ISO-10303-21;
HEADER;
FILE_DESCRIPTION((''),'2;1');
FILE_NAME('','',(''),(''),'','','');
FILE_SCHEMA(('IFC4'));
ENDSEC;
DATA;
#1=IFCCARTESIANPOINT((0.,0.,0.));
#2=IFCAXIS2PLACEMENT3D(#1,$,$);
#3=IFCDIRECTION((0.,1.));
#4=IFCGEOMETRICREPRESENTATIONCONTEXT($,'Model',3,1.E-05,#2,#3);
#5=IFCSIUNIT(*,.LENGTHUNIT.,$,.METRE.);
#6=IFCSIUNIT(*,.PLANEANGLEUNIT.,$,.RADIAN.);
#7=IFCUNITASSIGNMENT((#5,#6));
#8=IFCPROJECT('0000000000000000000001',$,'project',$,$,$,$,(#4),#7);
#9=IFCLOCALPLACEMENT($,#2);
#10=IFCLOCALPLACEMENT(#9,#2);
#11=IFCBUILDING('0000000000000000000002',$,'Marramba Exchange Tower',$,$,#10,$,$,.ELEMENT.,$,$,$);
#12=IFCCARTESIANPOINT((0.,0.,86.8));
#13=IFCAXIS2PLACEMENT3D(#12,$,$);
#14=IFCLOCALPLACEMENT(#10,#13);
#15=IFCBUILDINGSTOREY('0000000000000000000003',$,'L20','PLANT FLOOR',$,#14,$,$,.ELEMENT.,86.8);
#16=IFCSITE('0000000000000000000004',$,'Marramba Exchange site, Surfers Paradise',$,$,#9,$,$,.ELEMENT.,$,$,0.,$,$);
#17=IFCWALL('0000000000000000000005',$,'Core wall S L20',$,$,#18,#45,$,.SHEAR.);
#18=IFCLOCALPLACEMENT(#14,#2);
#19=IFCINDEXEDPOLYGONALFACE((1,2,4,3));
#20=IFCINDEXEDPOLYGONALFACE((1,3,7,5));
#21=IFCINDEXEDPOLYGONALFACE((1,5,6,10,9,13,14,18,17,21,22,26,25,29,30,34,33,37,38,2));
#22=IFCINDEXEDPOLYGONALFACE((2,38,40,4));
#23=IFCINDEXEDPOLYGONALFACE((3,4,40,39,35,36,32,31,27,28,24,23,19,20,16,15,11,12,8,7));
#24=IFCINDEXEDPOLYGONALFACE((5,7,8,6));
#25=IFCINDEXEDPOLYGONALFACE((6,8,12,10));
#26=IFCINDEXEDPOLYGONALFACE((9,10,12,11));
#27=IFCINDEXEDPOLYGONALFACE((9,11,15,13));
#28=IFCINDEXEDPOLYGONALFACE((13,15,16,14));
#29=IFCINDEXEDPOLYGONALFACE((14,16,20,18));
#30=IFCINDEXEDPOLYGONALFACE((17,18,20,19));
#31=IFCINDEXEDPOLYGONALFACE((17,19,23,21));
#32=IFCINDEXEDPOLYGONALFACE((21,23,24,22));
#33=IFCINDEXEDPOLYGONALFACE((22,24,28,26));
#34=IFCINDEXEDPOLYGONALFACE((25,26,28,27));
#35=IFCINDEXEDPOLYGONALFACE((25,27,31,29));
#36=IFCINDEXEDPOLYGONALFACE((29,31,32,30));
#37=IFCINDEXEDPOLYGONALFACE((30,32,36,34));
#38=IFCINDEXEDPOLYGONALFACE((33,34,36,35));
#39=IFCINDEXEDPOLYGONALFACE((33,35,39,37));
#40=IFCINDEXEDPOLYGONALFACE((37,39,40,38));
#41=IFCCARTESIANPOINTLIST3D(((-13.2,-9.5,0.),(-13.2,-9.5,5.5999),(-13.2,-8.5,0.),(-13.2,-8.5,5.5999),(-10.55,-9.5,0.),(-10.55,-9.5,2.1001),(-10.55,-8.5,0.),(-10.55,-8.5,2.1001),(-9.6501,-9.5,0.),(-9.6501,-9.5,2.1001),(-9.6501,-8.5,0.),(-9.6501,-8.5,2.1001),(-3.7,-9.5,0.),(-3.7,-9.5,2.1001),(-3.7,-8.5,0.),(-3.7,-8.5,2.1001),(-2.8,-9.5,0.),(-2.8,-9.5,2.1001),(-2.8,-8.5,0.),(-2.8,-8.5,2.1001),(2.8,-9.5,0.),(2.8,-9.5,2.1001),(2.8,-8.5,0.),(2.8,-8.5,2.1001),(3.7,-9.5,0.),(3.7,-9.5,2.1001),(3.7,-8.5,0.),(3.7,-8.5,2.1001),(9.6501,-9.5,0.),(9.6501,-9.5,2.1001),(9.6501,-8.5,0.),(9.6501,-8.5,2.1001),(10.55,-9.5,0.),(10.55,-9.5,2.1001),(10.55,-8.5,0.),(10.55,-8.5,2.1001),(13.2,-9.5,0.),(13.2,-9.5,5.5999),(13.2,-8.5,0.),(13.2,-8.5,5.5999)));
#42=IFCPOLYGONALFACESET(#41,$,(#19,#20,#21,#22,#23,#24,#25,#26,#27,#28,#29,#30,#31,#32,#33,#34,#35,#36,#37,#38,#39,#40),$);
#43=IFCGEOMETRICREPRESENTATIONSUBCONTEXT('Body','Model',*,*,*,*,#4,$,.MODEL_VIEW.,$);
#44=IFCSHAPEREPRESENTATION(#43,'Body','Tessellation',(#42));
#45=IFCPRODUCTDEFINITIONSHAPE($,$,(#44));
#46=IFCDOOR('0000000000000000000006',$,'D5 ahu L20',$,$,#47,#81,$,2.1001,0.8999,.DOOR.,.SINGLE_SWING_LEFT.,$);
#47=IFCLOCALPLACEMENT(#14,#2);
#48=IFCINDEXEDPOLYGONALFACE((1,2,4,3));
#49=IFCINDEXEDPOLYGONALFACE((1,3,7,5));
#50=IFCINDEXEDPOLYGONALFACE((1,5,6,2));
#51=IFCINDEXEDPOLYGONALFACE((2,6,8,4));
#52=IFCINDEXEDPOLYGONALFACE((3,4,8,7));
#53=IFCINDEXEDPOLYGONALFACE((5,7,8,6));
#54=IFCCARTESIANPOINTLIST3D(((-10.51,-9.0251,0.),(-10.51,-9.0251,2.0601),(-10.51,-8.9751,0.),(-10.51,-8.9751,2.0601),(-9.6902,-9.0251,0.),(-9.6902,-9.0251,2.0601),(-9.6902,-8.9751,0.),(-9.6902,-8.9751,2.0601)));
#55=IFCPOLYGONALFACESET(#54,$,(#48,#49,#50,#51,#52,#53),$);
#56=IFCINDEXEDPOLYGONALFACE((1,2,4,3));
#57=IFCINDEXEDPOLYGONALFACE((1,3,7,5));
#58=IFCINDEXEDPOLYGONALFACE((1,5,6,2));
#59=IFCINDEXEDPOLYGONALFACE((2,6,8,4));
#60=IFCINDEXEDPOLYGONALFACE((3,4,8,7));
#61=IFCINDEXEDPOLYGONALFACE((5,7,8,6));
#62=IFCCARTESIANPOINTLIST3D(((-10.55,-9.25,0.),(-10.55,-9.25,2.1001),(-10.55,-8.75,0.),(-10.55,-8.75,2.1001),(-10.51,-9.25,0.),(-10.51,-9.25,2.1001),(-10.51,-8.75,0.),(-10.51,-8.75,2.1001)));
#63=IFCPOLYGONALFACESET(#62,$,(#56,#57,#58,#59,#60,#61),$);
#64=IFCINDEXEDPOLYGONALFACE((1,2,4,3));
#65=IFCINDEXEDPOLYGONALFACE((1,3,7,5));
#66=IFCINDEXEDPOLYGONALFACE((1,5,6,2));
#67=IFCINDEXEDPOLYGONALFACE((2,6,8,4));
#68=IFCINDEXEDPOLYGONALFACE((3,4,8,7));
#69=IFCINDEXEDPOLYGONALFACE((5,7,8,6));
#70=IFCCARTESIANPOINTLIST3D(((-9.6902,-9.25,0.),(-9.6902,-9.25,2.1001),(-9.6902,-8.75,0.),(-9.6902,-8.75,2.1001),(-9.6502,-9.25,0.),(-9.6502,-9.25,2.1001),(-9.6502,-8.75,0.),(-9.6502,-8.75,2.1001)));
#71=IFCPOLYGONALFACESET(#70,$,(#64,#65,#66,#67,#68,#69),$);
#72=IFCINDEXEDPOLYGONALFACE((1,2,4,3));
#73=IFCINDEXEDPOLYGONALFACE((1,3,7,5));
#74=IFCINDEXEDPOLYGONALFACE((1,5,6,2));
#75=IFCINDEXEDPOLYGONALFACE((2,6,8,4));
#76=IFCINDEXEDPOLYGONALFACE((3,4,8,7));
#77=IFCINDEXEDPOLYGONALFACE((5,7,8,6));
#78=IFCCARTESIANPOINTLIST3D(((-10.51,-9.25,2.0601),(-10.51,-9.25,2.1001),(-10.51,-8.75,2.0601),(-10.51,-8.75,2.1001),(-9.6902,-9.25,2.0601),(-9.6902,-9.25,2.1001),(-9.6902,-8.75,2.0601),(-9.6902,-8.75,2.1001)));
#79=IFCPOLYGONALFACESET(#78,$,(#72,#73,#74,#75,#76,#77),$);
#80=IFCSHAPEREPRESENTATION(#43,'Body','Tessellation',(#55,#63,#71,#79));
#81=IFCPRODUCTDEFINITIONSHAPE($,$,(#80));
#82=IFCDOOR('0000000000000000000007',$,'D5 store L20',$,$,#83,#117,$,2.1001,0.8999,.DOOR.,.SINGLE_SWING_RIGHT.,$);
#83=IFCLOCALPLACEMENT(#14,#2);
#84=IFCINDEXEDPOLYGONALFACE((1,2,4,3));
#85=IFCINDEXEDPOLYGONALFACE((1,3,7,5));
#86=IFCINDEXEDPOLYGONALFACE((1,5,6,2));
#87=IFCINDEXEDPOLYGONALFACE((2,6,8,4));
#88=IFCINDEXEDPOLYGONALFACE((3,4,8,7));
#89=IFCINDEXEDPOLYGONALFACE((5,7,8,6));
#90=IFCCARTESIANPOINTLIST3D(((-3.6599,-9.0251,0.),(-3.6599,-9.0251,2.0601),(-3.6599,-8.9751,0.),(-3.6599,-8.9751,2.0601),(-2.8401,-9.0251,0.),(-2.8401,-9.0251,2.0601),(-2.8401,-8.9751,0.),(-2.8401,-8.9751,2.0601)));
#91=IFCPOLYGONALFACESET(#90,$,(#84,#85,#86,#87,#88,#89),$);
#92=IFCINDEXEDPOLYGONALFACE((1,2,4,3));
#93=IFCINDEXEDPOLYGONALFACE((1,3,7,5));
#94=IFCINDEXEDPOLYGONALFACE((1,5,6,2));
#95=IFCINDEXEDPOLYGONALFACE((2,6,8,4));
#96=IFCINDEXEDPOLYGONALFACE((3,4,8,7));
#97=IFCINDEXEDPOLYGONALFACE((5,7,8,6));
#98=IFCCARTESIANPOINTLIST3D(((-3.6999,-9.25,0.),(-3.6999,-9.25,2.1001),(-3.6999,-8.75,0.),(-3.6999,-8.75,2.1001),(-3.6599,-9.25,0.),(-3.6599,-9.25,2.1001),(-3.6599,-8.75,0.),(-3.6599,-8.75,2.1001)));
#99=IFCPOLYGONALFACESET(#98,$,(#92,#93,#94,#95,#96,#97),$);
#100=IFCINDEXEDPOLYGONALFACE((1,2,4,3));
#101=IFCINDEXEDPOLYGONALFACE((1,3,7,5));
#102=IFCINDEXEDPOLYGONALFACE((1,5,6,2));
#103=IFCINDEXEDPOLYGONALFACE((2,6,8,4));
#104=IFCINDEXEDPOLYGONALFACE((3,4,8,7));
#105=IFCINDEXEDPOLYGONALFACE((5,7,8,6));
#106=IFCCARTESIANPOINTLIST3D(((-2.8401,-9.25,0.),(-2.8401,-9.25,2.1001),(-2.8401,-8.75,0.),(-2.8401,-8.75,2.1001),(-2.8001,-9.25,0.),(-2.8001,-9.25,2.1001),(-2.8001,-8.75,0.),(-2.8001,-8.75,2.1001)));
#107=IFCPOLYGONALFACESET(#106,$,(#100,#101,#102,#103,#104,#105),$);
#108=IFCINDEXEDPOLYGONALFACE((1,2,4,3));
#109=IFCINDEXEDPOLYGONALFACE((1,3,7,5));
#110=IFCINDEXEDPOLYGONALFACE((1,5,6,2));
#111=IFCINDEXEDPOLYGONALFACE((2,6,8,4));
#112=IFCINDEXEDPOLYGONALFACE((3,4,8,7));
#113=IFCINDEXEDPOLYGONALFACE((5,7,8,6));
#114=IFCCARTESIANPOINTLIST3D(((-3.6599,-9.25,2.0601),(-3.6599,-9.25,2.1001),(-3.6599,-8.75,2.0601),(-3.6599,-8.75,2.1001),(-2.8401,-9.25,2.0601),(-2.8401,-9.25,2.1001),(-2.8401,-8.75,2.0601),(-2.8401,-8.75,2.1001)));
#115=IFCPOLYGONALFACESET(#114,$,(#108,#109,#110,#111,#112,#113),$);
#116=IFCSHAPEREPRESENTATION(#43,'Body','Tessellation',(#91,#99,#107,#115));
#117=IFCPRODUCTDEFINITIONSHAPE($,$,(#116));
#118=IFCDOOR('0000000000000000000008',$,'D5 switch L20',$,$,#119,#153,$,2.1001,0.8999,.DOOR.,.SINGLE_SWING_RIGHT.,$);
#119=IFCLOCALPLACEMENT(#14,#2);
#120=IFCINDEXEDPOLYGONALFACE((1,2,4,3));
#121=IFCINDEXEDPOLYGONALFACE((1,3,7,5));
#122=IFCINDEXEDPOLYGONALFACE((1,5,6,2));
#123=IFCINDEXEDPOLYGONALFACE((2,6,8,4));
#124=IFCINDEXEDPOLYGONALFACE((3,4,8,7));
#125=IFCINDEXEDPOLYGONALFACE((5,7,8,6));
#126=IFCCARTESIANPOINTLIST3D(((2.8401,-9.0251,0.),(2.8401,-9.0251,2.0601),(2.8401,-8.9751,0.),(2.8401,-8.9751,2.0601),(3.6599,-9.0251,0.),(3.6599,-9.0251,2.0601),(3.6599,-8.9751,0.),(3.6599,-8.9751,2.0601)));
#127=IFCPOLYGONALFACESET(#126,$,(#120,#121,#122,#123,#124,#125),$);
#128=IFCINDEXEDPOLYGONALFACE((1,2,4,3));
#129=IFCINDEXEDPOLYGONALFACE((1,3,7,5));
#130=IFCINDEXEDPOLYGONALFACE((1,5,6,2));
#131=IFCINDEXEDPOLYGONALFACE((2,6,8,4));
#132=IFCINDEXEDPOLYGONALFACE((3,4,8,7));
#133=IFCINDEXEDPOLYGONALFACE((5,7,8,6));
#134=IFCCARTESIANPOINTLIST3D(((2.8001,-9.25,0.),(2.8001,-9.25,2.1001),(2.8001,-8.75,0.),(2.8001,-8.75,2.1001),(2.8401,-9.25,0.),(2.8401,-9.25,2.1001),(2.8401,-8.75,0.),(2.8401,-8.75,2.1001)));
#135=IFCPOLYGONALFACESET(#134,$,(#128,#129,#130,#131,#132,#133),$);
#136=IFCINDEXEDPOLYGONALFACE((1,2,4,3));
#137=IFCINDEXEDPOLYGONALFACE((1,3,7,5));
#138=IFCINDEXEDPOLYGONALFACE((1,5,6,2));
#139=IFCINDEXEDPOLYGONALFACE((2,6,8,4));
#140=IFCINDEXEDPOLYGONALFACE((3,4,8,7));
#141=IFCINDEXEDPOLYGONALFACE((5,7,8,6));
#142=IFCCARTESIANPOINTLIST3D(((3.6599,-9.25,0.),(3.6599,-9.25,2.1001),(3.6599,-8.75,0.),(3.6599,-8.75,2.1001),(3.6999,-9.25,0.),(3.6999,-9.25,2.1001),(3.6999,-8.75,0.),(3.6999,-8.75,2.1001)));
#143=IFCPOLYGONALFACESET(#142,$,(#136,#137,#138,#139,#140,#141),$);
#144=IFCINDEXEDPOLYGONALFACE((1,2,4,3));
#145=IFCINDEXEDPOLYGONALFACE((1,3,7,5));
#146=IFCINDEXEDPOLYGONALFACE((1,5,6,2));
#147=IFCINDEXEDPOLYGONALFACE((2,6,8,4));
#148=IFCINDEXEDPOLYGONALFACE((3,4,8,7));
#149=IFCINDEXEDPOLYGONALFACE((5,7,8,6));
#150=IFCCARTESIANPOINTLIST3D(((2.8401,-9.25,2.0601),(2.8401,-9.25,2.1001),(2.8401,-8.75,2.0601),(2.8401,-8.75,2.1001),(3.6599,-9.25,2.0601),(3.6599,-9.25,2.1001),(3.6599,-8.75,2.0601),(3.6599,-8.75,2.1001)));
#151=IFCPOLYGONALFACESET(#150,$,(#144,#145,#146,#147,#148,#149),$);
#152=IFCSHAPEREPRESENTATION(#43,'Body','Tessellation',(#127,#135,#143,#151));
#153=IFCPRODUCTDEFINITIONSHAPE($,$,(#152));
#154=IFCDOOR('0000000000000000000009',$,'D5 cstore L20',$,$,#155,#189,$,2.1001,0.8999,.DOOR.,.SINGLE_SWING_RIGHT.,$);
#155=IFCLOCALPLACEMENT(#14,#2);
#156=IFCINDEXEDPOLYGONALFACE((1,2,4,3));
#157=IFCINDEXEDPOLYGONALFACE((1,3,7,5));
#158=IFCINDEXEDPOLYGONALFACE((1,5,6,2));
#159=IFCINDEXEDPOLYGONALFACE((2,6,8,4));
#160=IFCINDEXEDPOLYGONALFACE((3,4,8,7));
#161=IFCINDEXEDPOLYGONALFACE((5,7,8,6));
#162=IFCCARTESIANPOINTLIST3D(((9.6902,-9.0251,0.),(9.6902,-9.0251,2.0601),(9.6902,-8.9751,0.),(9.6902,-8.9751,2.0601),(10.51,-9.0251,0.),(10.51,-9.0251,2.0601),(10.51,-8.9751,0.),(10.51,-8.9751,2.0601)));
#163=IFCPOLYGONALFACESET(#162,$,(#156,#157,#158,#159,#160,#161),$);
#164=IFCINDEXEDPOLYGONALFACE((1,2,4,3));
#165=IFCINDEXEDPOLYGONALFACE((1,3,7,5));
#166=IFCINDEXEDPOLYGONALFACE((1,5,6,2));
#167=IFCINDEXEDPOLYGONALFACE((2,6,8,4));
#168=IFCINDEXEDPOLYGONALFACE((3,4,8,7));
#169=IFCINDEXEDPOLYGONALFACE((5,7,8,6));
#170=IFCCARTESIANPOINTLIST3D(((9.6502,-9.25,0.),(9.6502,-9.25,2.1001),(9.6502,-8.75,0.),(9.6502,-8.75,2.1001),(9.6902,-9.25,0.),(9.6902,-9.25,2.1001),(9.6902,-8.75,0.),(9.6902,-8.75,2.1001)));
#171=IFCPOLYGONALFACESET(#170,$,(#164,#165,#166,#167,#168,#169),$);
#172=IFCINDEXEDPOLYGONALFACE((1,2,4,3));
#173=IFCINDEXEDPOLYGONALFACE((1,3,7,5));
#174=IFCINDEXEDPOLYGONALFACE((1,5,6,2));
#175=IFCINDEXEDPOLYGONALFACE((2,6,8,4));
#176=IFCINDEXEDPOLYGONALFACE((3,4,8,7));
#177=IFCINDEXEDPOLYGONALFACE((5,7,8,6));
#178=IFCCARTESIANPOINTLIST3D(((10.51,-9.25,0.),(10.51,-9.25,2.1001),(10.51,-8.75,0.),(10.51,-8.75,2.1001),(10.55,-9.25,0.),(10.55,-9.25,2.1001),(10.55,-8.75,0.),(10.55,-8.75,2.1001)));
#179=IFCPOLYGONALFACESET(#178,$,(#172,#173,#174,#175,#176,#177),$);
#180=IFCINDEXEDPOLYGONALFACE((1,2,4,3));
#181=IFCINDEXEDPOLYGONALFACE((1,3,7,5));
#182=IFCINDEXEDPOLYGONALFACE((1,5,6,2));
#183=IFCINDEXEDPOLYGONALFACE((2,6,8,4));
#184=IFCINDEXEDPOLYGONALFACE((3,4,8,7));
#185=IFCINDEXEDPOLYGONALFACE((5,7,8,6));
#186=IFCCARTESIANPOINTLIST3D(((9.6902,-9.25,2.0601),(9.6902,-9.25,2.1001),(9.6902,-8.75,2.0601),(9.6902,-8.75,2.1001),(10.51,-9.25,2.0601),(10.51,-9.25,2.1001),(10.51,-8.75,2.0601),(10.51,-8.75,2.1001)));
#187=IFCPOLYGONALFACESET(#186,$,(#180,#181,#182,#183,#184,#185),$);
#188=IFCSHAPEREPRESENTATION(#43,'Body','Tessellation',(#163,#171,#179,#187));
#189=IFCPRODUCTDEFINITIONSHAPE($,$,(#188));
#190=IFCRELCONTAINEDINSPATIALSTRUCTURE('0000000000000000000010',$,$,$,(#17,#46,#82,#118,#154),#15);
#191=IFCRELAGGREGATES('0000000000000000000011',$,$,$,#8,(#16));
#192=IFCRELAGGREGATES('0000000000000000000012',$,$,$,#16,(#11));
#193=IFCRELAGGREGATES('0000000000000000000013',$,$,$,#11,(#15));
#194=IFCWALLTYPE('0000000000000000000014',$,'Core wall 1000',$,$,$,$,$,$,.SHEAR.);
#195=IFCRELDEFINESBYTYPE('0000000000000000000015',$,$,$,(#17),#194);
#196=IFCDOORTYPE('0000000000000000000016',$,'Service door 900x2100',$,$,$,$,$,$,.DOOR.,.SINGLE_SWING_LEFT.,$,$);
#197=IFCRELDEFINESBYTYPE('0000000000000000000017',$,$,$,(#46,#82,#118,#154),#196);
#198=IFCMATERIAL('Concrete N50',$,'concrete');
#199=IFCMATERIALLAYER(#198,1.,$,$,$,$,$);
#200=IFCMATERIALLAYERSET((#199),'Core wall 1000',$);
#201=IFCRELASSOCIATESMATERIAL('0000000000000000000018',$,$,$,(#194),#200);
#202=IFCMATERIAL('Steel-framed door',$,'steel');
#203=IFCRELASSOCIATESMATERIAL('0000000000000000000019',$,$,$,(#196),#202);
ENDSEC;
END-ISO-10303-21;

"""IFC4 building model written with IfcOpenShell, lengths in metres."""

from ifc_helpers import new_model, si_unit, direction, frame, frame_2d, origin, place, context, subcontext, project, spatial, rectangle, extrude, material, layer, layer_set, type_object, element, fill, save


model = new_model("IFC4")

# Units and contexts
model_context = context("Model", 3, precision=1e-05, world=origin(), true_north=direction((0.0, 1.0)))
body_context = subcontext(model_context, "Body", "Model", "MODEL_VIEW")
ifc_project = project(units=[si_unit("LENGTHUNIT", "METRE"), si_unit("PLANEANGLEUNIT", "RADIAN")], contexts=[model_context])

# Site, building, storey
site_placement = place(None, origin())
site = spatial("IfcSite", under=ifc_project, at=site_placement, Name="Marramba Exchange site, Surfers Paradise", CompositionType="ELEMENT", RefElevation=0.0)
building_placement = place(site_placement, origin())
building = spatial("IfcBuilding", under=site, at=building_placement, Name="Marramba Exchange Tower", CompositionType="ELEMENT")
storey_placement = place(building_placement, frame((0.0, 0.0, 86.8)))
storey = spatial("IfcBuildingStorey", under=building, at=storey_placement, Name="L20", Description="PLANT FLOOR", CompositionType="ELEMENT", Elevation=86.8)

# Shared definitions
ifc_material_1 = material(Name="Concrete N50", Category="concrete")

# Wall, openings, doors
ifc_layer_1 = layer(ifc_material_1, 1.0)
ifc_layer_set_1 = layer_set([ifc_layer_1], Name="Core wall 1000")
wall_type_1 = type_object("IfcWallType", Name="Core wall 1000", PredefinedType="SHEAR", material=ifc_layer_set_1)
wall_1_placement = place(storey_placement, frame((-13.2, -9.0, 0.0), z_axis=(0.0, 0.0, 1.0), x_axis=(1.0, 0.0, 0.0)))
wall_1 = element("IfcWall", 1, at=wall_1_placement, inside=storey, type_object=wall_type_1, Name="Core wall S L20", PredefinedType="SHEAR", context=body_context, shape_type="SweptSolid", body=[
    extrude(rectangle(XDim=26.3999, YDim=1.0, at=frame_2d((13.2, 0.0))), origin(), (0.0, 0.0, 1.0), 5.5999),
])
opening_1_placement = place(wall_1_placement, frame((2.6499, 0.0, 0.0)))
opening_1 = element("IfcOpeningElement", 2, at=opening_1_placement, cuts=wall_1, PredefinedType="OPENING", context=body_context, shape_type="SweptSolid", body=[
    extrude(rectangle(XDim=0.8999, YDim=2.1001, at=frame_2d((0.45, 1.05))), frame((0.0, 0.51, 0.0), z_axis=(0.0, -1.0, 0.0), x_axis=(1.0, 0.0, 0.0)), (0.0, 0.0, 1.0), 1.02),
])
opening_2_placement = place(wall_1_placement, frame((9.5, 0.0, 0.0)))
opening_2 = element("IfcOpeningElement", 3, at=opening_2_placement, cuts=wall_1, PredefinedType="OPENING", context=body_context, shape_type="SweptSolid", body=[
    extrude(rectangle(XDim=0.8999, YDim=2.1001, at=frame_2d((0.45, 1.05))), frame((0.0, 0.51, 0.0), z_axis=(0.0, -1.0, 0.0), x_axis=(1.0, 0.0, 0.0)), (0.0, 0.0, 1.0), 1.02),
])
opening_3_placement = place(wall_1_placement, frame((16.0, 0.0, 0.0)))
opening_3 = element("IfcOpeningElement", 4, at=opening_3_placement, cuts=wall_1, PredefinedType="OPENING", context=body_context, shape_type="SweptSolid", body=[
    extrude(rectangle(XDim=0.8999, YDim=2.1001, at=frame_2d((0.45, 1.05))), frame((0.0, 0.51, 0.0), z_axis=(0.0, -1.0, 0.0), x_axis=(1.0, 0.0, 0.0)), (0.0, 0.0, 1.0), 1.02),
])
opening_4_placement = place(wall_1_placement, frame((22.8501, 0.0, 0.0)))
opening_4 = element("IfcOpeningElement", 5, at=opening_4_placement, cuts=wall_1, PredefinedType="OPENING", context=body_context, shape_type="SweptSolid", body=[
    extrude(rectangle(XDim=0.8999, YDim=2.1001, at=frame_2d((0.45, 1.05))), frame((0.0, 0.51, 0.0), z_axis=(0.0, -1.0, 0.0), x_axis=(1.0, 0.0, 0.0)), (0.0, 0.0, 1.0), 1.02),
])
ifc_material_2 = material(Name="Steel-framed door", Category="steel")
door_type_1 = type_object("IfcDoorType", Name="Service door 900x2100", OperationType="SINGLE_SWING_LEFT", PredefinedType="DOOR", material=ifc_material_2)
door_1_placement = place(opening_1_placement, origin())
door_1 = element("IfcDoor", 6, at=door_1_placement, inside=storey, type_object=door_type_1, Name="D5 ahu L20", OperationType="SINGLE_SWING_LEFT", OverallHeight=2.1001, OverallWidth=0.8999, PredefinedType="DOOR", context=body_context, shape_type="SweptSolid", body=[
    extrude(rectangle(XDim=0.8198, YDim=2.0601, at=frame_2d((0.45, 1.03))), frame((0.0, 0.0249, 0.0), z_axis=(0.0, -1.0, 0.0), x_axis=(1.0, 0.0, 0.0)), (0.0, 0.0, 1.0), 0.05),
    extrude(rectangle(XDim=0.04, YDim=2.1001, at=frame_2d((0.02, 1.05))), frame((0.0, 0.25, 0.0), z_axis=(0.0, -1.0, 0.0), x_axis=(1.0, 0.0, 0.0)), (0.0, 0.0, 1.0), 0.5),
    extrude(rectangle(XDim=0.04, YDim=2.1001, at=frame_2d((0.8799, 1.05))), frame((0.0, 0.25, 0.0), z_axis=(0.0, -1.0, 0.0), x_axis=(1.0, 0.0, 0.0)), (0.0, 0.0, 1.0), 0.5),
    extrude(rectangle(XDim=0.8198, YDim=0.04, at=frame_2d((0.45, 2.0801))), frame((0.0, 0.25, 0.0), z_axis=(0.0, -1.0, 0.0), x_axis=(1.0, 0.0, 0.0)), (0.0, 0.0, 1.0), 0.5),
])
fill(opening_1, door_1)
door_2_placement = place(opening_2_placement, origin())
door_2 = element("IfcDoor", 7, at=door_2_placement, inside=storey, type_object=door_type_1, Name="D5 store L20", OperationType="SINGLE_SWING_RIGHT", OverallHeight=2.1001, OverallWidth=0.8999, PredefinedType="DOOR", context=body_context, shape_type="SweptSolid", body=[
    extrude(rectangle(XDim=0.8198, YDim=2.0601, at=frame_2d((0.45, 1.03))), frame((0.0, 0.0249, 0.0), z_axis=(0.0, -1.0, 0.0), x_axis=(1.0, 0.0, 0.0)), (0.0, 0.0, 1.0), 0.05),
    extrude(rectangle(XDim=0.04, YDim=2.1001, at=frame_2d((0.02, 1.05))), frame((0.0, 0.25, 0.0), z_axis=(0.0, -1.0, 0.0), x_axis=(1.0, 0.0, 0.0)), (0.0, 0.0, 1.0), 0.5),
    extrude(rectangle(XDim=0.04, YDim=2.1001, at=frame_2d((0.8799, 1.05))), frame((0.0, 0.25, 0.0), z_axis=(0.0, -1.0, 0.0), x_axis=(1.0, 0.0, 0.0)), (0.0, 0.0, 1.0), 0.5),
    extrude(rectangle(XDim=0.8198, YDim=0.04, at=frame_2d((0.45, 2.0801))), frame((0.0, 0.25, 0.0), z_axis=(0.0, -1.0, 0.0), x_axis=(1.0, 0.0, 0.0)), (0.0, 0.0, 1.0), 0.5),
])
fill(opening_2, door_2)
door_3_placement = place(opening_3_placement, origin())
door_3 = element("IfcDoor", 8, at=door_3_placement, inside=storey, type_object=door_type_1, Name="D5 switch L20", OperationType="SINGLE_SWING_RIGHT", OverallHeight=2.1001, OverallWidth=0.8999, PredefinedType="DOOR", context=body_context, shape_type="SweptSolid", body=[
    extrude(rectangle(XDim=0.8198, YDim=2.0601, at=frame_2d((0.45, 1.03))), frame((0.0, 0.0249, 0.0), z_axis=(0.0, -1.0, 0.0), x_axis=(1.0, 0.0, 0.0)), (0.0, 0.0, 1.0), 0.05),
    extrude(rectangle(XDim=0.04, YDim=2.1001, at=frame_2d((0.02, 1.05))), frame((0.0, 0.25, 0.0), z_axis=(0.0, -1.0, 0.0), x_axis=(1.0, 0.0, 0.0)), (0.0, 0.0, 1.0), 0.5),
    extrude(rectangle(XDim=0.04, YDim=2.1001, at=frame_2d((0.8799, 1.05))), frame((0.0, 0.25, 0.0), z_axis=(0.0, -1.0, 0.0), x_axis=(1.0, 0.0, 0.0)), (0.0, 0.0, 1.0), 0.5),
    extrude(rectangle(XDim=0.8198, YDim=0.04, at=frame_2d((0.45, 2.0801))), frame((0.0, 0.25, 0.0), z_axis=(0.0, -1.0, 0.0), x_axis=(1.0, 0.0, 0.0)), (0.0, 0.0, 1.0), 0.5),
])
fill(opening_3, door_3)
door_4_placement = place(opening_4_placement, origin())
door_4 = element("IfcDoor", 9, at=door_4_placement, inside=storey, type_object=door_type_1, Name="D5 cstore L20", OperationType="SINGLE_SWING_RIGHT", OverallHeight=2.1001, OverallWidth=0.8999, PredefinedType="DOOR", context=body_context, shape_type="SweptSolid", body=[
    extrude(rectangle(XDim=0.8198, YDim=2.0601, at=frame_2d((0.45, 1.03))), frame((0.0, 0.0249, 0.0), z_axis=(0.0, -1.0, 0.0), x_axis=(1.0, 0.0, 0.0)), (0.0, 0.0, 1.0), 0.05),
    extrude(rectangle(XDim=0.04, YDim=2.1001, at=frame_2d((0.02, 1.05))), frame((0.0, 0.25, 0.0), z_axis=(0.0, -1.0, 0.0), x_axis=(1.0, 0.0, 0.0)), (0.0, 0.0, 1.0), 0.5),
    extrude(rectangle(XDim=0.04, YDim=2.1001, at=frame_2d((0.8799, 1.05))), frame((0.0, 0.25, 0.0), z_axis=(0.0, -1.0, 0.0), x_axis=(1.0, 0.0, 0.0)), (0.0, 0.0, 1.0), 0.5),
    extrude(rectangle(XDim=0.8198, YDim=0.04, at=frame_2d((0.45, 2.0801))), frame((0.0, 0.25, 0.0), z_axis=(0.0, -1.0, 0.0), x_axis=(1.0, 0.0, 0.0)), (0.0, 0.0, 1.0), 0.5),
])
fill(opening_4, door_4)

save(model, "model.ifc")
